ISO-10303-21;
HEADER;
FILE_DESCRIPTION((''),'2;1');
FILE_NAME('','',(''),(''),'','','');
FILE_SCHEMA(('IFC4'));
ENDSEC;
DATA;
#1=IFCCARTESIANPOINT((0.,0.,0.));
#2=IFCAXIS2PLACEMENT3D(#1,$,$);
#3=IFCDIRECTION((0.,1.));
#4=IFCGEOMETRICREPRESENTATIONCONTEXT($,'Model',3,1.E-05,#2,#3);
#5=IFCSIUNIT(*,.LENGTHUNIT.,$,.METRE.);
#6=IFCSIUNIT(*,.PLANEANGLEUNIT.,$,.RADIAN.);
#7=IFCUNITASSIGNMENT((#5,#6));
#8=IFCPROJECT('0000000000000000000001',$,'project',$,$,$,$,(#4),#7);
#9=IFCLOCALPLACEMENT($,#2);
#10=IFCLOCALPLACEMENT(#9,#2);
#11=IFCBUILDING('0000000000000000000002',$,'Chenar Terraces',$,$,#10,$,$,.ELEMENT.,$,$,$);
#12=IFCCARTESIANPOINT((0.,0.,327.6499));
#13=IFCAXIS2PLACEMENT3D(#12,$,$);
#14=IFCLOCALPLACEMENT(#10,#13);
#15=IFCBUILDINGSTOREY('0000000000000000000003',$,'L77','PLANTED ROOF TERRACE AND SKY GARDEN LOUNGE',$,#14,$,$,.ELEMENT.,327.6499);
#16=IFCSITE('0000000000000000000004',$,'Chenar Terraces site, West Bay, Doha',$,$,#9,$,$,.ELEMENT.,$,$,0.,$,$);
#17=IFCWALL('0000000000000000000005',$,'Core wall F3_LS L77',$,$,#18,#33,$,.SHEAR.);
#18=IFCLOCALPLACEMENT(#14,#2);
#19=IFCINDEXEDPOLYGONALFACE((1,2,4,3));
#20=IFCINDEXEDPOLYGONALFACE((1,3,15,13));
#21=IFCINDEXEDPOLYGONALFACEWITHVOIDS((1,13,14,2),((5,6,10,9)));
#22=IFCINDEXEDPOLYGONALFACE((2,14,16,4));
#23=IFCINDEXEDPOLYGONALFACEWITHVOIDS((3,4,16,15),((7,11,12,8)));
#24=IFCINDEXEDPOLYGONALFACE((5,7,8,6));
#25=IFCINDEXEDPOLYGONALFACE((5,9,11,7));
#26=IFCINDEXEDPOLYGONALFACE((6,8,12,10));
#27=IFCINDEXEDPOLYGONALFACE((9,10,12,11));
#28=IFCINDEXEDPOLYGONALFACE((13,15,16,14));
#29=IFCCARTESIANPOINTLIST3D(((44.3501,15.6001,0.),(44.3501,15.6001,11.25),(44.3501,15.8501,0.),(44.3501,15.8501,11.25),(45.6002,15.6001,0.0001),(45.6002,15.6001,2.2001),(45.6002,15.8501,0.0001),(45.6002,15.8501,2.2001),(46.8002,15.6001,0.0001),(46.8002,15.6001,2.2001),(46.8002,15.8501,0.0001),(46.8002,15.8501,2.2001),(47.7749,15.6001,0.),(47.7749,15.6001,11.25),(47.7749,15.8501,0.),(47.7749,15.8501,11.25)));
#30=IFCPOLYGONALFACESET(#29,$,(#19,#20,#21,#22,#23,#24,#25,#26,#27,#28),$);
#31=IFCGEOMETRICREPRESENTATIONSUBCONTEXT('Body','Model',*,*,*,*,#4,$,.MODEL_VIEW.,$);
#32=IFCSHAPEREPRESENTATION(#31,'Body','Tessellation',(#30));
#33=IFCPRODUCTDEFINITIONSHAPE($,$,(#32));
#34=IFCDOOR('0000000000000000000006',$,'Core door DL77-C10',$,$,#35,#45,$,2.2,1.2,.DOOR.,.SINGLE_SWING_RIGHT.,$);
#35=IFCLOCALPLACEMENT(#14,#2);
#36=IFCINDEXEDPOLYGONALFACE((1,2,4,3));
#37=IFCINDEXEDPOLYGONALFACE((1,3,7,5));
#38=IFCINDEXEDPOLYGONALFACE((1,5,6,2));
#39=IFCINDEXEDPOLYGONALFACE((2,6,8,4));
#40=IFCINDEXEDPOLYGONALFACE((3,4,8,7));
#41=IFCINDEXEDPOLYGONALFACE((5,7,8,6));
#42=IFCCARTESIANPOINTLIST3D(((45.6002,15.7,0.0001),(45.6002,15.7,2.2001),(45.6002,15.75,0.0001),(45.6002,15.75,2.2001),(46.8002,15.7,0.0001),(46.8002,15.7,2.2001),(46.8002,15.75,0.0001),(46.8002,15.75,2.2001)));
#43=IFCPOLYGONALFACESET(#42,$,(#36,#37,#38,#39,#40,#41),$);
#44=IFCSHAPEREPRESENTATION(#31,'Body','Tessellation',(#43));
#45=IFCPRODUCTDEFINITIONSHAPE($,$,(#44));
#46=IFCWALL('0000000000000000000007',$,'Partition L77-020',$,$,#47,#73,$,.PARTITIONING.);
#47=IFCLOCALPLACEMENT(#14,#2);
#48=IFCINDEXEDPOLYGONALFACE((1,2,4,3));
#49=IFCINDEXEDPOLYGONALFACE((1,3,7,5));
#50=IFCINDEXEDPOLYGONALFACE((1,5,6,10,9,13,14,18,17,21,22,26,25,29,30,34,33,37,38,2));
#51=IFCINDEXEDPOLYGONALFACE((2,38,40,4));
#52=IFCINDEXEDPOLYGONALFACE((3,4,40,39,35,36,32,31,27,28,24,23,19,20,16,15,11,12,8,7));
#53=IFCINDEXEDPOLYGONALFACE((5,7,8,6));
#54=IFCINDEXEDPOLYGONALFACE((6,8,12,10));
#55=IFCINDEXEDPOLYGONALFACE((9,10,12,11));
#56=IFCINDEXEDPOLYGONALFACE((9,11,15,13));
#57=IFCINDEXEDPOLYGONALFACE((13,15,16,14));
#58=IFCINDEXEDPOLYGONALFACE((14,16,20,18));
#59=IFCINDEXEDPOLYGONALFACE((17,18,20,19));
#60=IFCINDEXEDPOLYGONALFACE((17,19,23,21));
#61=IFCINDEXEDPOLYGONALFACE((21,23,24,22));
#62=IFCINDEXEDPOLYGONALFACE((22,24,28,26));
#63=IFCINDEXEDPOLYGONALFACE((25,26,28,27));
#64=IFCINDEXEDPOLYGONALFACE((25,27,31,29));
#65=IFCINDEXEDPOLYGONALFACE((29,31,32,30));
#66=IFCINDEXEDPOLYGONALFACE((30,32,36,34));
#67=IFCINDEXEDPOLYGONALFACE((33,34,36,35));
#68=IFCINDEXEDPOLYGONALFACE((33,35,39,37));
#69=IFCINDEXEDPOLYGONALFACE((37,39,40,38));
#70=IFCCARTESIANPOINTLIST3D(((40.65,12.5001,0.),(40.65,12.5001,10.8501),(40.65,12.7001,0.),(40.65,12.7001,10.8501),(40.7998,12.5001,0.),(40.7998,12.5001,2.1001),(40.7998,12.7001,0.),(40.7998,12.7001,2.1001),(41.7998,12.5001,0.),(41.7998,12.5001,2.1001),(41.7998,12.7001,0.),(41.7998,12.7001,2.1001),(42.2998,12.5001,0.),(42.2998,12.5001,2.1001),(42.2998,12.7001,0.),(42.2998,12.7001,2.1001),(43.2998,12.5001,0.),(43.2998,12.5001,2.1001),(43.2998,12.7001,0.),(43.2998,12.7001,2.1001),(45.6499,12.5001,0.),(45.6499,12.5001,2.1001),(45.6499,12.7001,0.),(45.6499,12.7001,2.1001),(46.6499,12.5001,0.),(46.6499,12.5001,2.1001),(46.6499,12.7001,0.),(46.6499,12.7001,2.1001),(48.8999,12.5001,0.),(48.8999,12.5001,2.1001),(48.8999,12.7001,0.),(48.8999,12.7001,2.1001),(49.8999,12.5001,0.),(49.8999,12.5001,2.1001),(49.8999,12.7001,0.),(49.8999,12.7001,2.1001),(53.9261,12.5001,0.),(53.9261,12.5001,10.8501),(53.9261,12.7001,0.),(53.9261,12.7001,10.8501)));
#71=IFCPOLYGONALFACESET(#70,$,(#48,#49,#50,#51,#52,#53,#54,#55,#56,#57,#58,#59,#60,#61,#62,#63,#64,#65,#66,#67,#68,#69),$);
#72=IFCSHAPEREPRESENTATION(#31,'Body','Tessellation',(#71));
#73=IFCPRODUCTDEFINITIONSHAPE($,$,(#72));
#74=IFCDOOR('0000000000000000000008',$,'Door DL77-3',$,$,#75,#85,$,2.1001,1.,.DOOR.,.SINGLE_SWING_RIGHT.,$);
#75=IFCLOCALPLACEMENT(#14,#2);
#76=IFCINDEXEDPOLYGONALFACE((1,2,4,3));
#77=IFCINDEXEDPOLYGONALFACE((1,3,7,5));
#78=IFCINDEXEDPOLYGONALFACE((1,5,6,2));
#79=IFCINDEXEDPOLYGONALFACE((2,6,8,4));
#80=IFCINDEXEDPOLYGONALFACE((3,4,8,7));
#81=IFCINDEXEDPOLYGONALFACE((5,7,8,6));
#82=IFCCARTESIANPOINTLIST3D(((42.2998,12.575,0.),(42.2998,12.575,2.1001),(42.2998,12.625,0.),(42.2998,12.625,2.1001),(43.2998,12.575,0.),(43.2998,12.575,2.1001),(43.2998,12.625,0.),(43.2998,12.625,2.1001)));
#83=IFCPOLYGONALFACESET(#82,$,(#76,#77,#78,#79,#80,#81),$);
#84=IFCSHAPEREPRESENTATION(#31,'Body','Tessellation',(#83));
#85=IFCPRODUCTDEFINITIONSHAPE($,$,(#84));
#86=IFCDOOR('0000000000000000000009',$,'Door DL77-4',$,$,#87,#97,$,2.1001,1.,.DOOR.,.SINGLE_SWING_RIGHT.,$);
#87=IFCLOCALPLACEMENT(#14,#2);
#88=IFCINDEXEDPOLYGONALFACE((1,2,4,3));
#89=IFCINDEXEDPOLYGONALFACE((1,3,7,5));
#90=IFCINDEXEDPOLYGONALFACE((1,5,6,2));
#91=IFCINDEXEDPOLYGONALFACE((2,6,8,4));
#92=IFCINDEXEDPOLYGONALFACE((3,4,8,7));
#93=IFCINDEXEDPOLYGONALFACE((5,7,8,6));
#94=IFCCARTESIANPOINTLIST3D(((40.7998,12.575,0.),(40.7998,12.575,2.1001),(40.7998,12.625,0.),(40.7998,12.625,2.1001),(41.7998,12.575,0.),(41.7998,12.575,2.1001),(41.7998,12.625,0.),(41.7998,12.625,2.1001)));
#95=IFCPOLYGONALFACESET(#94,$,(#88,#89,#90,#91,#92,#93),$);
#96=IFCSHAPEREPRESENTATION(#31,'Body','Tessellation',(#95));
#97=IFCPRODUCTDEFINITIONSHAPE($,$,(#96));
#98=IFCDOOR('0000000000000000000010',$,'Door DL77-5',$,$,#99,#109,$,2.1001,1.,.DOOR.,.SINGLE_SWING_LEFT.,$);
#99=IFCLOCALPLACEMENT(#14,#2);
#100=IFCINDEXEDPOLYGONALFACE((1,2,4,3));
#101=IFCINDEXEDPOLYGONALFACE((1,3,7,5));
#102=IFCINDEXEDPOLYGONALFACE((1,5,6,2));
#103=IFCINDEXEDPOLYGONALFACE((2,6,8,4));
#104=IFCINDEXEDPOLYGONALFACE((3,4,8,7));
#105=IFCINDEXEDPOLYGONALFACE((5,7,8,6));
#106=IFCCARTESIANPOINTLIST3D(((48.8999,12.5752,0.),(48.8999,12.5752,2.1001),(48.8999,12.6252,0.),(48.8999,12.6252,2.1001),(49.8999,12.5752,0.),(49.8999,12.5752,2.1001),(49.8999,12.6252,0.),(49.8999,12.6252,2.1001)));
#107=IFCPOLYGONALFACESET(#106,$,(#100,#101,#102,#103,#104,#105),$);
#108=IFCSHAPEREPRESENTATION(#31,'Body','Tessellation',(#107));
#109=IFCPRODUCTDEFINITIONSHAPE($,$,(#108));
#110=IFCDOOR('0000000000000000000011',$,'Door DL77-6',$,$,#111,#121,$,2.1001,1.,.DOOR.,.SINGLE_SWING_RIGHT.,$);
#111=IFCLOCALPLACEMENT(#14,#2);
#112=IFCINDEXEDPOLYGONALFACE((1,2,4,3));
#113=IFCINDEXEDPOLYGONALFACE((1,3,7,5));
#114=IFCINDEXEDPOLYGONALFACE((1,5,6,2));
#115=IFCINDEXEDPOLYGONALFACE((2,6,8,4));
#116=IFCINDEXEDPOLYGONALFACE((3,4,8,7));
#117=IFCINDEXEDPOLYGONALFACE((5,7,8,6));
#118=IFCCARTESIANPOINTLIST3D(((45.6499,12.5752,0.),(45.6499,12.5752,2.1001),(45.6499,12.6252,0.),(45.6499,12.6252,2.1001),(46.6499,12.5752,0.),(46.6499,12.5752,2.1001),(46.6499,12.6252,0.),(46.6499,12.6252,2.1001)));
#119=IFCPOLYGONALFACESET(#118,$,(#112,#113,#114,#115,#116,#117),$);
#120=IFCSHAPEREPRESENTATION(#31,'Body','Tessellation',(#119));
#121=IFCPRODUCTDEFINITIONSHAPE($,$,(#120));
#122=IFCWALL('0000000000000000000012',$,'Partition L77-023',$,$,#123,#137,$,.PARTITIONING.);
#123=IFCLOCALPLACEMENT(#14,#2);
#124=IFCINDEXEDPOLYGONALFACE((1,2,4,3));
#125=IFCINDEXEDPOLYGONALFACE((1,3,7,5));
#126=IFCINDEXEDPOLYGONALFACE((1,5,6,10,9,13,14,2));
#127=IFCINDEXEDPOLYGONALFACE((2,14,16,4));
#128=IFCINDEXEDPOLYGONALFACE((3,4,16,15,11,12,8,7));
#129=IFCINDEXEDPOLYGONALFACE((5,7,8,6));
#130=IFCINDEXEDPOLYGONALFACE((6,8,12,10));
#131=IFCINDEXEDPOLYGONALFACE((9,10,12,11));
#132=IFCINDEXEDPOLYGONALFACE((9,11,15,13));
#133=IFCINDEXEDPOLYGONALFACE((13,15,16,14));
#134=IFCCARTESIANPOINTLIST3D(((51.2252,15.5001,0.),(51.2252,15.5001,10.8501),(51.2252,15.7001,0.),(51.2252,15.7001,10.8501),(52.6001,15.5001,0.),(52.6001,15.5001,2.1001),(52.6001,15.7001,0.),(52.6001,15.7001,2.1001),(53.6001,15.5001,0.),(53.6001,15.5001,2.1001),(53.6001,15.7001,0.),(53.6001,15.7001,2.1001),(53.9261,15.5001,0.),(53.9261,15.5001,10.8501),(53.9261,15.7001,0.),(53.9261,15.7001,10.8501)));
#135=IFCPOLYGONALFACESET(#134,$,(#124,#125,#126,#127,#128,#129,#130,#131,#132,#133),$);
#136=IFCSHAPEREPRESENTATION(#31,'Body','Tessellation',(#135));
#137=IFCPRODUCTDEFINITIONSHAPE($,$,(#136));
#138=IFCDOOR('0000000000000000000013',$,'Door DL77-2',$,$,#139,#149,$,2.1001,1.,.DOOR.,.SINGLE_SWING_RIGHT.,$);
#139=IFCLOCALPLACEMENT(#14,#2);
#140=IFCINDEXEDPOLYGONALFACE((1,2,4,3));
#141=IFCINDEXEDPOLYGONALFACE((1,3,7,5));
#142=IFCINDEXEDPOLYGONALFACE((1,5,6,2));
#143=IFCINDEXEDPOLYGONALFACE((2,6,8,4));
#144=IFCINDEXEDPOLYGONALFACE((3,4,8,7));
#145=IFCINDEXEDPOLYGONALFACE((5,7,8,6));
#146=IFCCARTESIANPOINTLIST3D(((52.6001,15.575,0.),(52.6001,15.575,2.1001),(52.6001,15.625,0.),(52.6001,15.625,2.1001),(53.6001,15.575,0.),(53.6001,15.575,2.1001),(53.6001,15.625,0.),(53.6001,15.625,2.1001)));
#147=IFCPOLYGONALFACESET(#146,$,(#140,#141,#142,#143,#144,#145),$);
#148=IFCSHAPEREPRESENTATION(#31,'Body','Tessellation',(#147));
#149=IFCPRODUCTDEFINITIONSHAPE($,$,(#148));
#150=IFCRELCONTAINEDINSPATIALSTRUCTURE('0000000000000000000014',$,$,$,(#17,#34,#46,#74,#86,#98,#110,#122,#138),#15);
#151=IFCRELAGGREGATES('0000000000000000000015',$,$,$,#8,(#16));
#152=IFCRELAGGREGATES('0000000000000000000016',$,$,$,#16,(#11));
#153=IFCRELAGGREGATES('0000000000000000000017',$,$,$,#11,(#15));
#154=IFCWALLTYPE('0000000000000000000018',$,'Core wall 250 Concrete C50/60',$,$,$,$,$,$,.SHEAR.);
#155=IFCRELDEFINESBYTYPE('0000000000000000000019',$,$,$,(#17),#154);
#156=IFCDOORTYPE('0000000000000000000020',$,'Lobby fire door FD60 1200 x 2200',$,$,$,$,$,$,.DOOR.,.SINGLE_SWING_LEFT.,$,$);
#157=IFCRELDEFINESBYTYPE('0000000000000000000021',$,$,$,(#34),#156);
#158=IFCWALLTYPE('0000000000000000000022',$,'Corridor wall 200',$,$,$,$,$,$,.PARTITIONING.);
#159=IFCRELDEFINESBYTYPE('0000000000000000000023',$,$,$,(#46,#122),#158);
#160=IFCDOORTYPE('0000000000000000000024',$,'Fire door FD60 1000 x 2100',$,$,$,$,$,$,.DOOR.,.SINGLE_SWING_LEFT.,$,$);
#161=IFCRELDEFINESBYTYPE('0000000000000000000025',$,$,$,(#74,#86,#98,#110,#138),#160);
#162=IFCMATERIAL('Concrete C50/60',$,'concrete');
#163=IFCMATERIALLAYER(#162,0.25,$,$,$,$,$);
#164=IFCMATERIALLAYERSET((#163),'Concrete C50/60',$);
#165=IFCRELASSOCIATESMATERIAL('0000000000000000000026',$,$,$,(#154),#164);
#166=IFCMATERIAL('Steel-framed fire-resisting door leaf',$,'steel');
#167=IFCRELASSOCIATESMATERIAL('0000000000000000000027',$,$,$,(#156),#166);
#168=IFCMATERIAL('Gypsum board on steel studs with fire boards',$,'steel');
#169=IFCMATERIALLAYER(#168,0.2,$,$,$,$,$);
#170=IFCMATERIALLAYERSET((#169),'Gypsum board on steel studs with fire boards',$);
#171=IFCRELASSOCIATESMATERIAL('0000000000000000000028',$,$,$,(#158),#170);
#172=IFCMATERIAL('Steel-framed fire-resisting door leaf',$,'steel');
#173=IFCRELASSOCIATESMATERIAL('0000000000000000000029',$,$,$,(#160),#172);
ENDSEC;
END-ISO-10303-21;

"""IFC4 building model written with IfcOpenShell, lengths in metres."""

from ifc_helpers import new_model, si_unit, direction, frame, frame_2d, origin, place, context, subcontext, project, spatial, rectangle, extrude, material, layer, layer_set, type_object, element, fill, save


model = new_model("IFC4")

# Units and contexts
model_context = context("Model", 3, precision=1e-05, world=origin(), true_north=direction((0.0, 1.0)))
body_context = subcontext(model_context, "Body", "Model", "MODEL_VIEW")
ifc_project = project(units=[si_unit("LENGTHUNIT", "METRE"), si_unit("PLANEANGLEUNIT", "RADIAN")], contexts=[model_context])

# Site, building, storey
site_placement = place(None, origin())
site = spatial("IfcSite", under=ifc_project, at=site_placement, Name="Chenar Terraces site, West Bay, Doha", CompositionType="ELEMENT", RefElevation=0.0)
building_placement = place(site_placement, origin())
building = spatial("IfcBuilding", under=site, at=building_placement, Name="Chenar Terraces", CompositionType="ELEMENT")
storey_placement = place(building_placement, frame((0.0, 0.0, 327.6499)))
storey = spatial("IfcBuildingStorey", under=building, at=storey_placement, Name="L77", Description="PLANTED ROOF TERRACE AND SKY GARDEN LOUNGE", CompositionType="ELEMENT", Elevation=327.6499)

# Shared definitions
ifc_material_1 = material(Name="Concrete C50/60", Category="concrete")
ifc_layer_1 = layer(ifc_material_1, 0.25)
ifc_layer_set_1 = layer_set([ifc_layer_1], Name="Concrete C50/60")
wall_type_1 = type_object("IfcWallType", Name="Core wall 250 Concrete C50/60", PredefinedType="SHEAR", material=ifc_layer_set_1)

# Wall, opening, door
wall_1_placement = place(storey_placement, frame((44.3501, 15.7251, 0.0), z_axis=(0.0, 0.0, 1.0), x_axis=(1.0, 0.0, 0.0)))
wall_1 = element("IfcWall", 1, at=wall_1_placement, inside=storey, type_object=wall_type_1, Name="Core wall F3_LS L77", PredefinedType="SHEAR", context=body_context, shape_type="SweptSolid", body=[
    extrude(rectangle(XDim=3.4248, YDim=0.25, at=frame_2d((1.7124, 0.0))), origin(), (0.0, 0.0, 1.0), 11.25),
])
opening_1_placement = place(wall_1_placement, frame((1.25, 0.0, 0.0)))
opening_1 = element("IfcOpeningElement", 2, at=opening_1_placement, cuts=wall_1, PredefinedType="OPENING", context=body_context, shape_type="SweptSolid", body=[
    extrude(rectangle(XDim=1.2, YDim=2.2, at=frame_2d((0.6001, 1.1001))), frame((0.0, 0.135, 0.0), z_axis=(0.0, -1.0, 0.0), x_axis=(1.0, 0.0, 0.0)), (0.0, 0.0, 1.0), 0.27),
])
ifc_material_2 = material(Name="Steel-framed fire-resisting door leaf", Category="steel")
door_type_1 = type_object("IfcDoorType", Name="Lobby fire door FD60 1200 x 2200", OperationType="SINGLE_SWING_LEFT", PredefinedType="DOOR", material=ifc_material_2)
door_1_placement = place(opening_1_placement, origin())
door_1 = element("IfcDoor", 3, at=door_1_placement, inside=storey, type_object=door_type_1, Name="Core door DL77-C10", OperationType="SINGLE_SWING_RIGHT", OverallHeight=2.2, OverallWidth=1.2, PredefinedType="DOOR", context=body_context, shape_type="SweptSolid", body=[
    extrude(rectangle(XDim=1.2, YDim=2.2, at=frame_2d((0.6001, 1.1001))), frame((0.0, 0.0249, 0.0), z_axis=(0.0, -1.0, 0.0), x_axis=(1.0, 0.0, 0.0)), (0.0, 0.0, 1.0), 0.05),
])
fill(opening_1, door_1)

# Wall, openings, doors
ifc_material_3 = material(Name="Gypsum board on steel studs with fire boards", Category="steel")
ifc_layer_2 = layer(ifc_material_3, 0.2)
ifc_layer_set_2 = layer_set([ifc_layer_2], Name="Gypsum board on steel studs with fire boards")
wall_type_2 = type_object("IfcWallType", Name="Corridor wall 200", PredefinedType="PARTITIONING", material=ifc_layer_set_2)
wall_2_placement = place(storey_placement, frame((40.6499, 12.6001, 0.0), z_axis=(0.0, 0.0, 1.0), x_axis=(1.0, 0.0, 0.0)))
wall_2 = element("IfcWall", 4, at=wall_2_placement, inside=storey, type_object=wall_type_2, Name="Partition L77-020", PredefinedType="PARTITIONING", context=body_context, shape_type="SweptSolid", body=[
    extrude(rectangle(XDim=13.2761, YDim=0.2, at=frame_2d((6.6382, 0.0))), origin(), (0.0, 0.0, 1.0), 10.8501),
])
opening_2_placement = place(wall_2_placement, frame((1.6499, 0.0, 0.0)))
opening_2 = element("IfcOpeningElement", 5, at=opening_2_placement, cuts=wall_2, PredefinedType="OPENING", context=body_context, shape_type="SweptSolid", body=[
    extrude(rectangle(XDim=1.0, YDim=2.1001, at=frame_2d((0.5, 1.05))), frame((0.0, 0.1099, 0.0), z_axis=(0.0, -1.0, 0.0), x_axis=(1.0, 0.0, 0.0)), (0.0, 0.0, 1.0), 0.22),
])
opening_3_placement = place(wall_2_placement, frame((0.1499, 0.0, 0.0)))
opening_3 = element("IfcOpeningElement", 6, at=opening_3_placement, cuts=wall_2, PredefinedType="OPENING", context=body_context, shape_type="SweptSolid", body=[
    extrude(rectangle(XDim=1.0, YDim=2.1001, at=frame_2d((0.5, 1.05))), frame((0.0, 0.1099, 0.0), z_axis=(0.0, -1.0, 0.0), x_axis=(1.0, 0.0, 0.0)), (0.0, 0.0, 1.0), 0.22),
])
opening_4_placement = place(wall_2_placement, frame((8.25, 0.0, 0.0)))
opening_4 = element("IfcOpeningElement", 7, at=opening_4_placement, cuts=wall_2, PredefinedType="OPENING", context=body_context, shape_type="SweptSolid", body=[
    extrude(rectangle(XDim=1.0, YDim=2.1001, at=frame_2d((0.5, 1.05))), frame((0.0, 0.1099, 0.0), z_axis=(0.0, -1.0, 0.0), x_axis=(1.0, 0.0, 0.0)), (0.0, 0.0, 1.0), 0.22),
])
opening_5_placement = place(wall_2_placement, frame((5.0, 0.0, 0.0)))
opening_5 = element("IfcOpeningElement", 8, at=opening_5_placement, cuts=wall_2, PredefinedType="OPENING", context=body_context, shape_type="SweptSolid", body=[
    extrude(rectangle(XDim=1.0, YDim=2.1001, at=frame_2d((0.5, 1.05))), frame((0.0, 0.1099, 0.0), z_axis=(0.0, -1.0, 0.0), x_axis=(1.0, 0.0, 0.0)), (0.0, 0.0, 1.0), 0.22),
])
ifc_material_4 = material(Name="Steel-framed fire-resisting door leaf", Category="steel")
door_type_2 = type_object("IfcDoorType", Name="Fire door FD60 1000 x 2100", OperationType="SINGLE_SWING_LEFT", PredefinedType="DOOR", material=ifc_material_4)
door_2_placement = place(opening_2_placement, origin())
door_2 = element("IfcDoor", 9, at=door_2_placement, inside=storey, type_object=door_type_2, Name="Door DL77-3", OperationType="SINGLE_SWING_RIGHT", OverallHeight=2.1001, OverallWidth=1.0, PredefinedType="DOOR", context=body_context, shape_type="SweptSolid", body=[
    extrude(rectangle(XDim=1.0, YDim=2.1001, at=frame_2d((0.5, 1.05))), frame((0.0, 0.0249, 0.0), z_axis=(0.0, -1.0, 0.0), x_axis=(1.0, 0.0, 0.0)), (0.0, 0.0, 1.0), 0.05),
])
fill(opening_2, door_2)
door_3_placement = place(opening_3_placement, origin())
door_3 = element("IfcDoor", 10, at=door_3_placement, inside=storey, type_object=door_type_2, Name="Door DL77-4", OperationType="SINGLE_SWING_RIGHT", OverallHeight=2.1001, OverallWidth=1.0, PredefinedType="DOOR", context=body_context, shape_type="SweptSolid", body=[
    extrude(rectangle(XDim=1.0, YDim=2.1001, at=frame_2d((0.5, 1.05))), frame((0.0, 0.0249, 0.0), z_axis=(0.0, -1.0, 0.0), x_axis=(1.0, 0.0, 0.0)), (0.0, 0.0, 1.0), 0.05),
])
fill(opening_3, door_3)
door_4_placement = place(opening_4_placement, frame((1.0, 0.0, 0.0), z_axis=(0.0, 0.0, 1.0), x_axis=(-1.0, 0.0, 0.0)))
door_4 = element("IfcDoor", 11, at=door_4_placement, inside=storey, type_object=door_type_2, Name="Door DL77-5", OperationType="SINGLE_SWING_LEFT", OverallHeight=2.1001, OverallWidth=1.0, PredefinedType="DOOR", context=body_context, shape_type="SweptSolid", body=[
    extrude(rectangle(XDim=1.0, YDim=2.1001, at=frame_2d((0.5, 1.05))), frame((0.0, 0.0249, 0.0), z_axis=(0.0, -1.0, 0.0), x_axis=(1.0, 0.0, 0.0)), (0.0, 0.0, 1.0), 0.05),
])
fill(opening_4, door_4)
door_5_placement = place(opening_5_placement, frame((1.0, 0.0, 0.0), z_axis=(0.0, 0.0, 1.0), x_axis=(-1.0, 0.0, 0.0)))
door_5 = element("IfcDoor", 12, at=door_5_placement, inside=storey, type_object=door_type_2, Name="Door DL77-6", OperationType="SINGLE_SWING_RIGHT", OverallHeight=2.1001, OverallWidth=1.0, PredefinedType="DOOR", context=body_context, shape_type="SweptSolid", body=[
    extrude(rectangle(XDim=1.0, YDim=2.1001, at=frame_2d((0.5, 1.05))), frame((0.0, 0.0249, 0.0), z_axis=(0.0, -1.0, 0.0), x_axis=(1.0, 0.0, 0.0)), (0.0, 0.0, 1.0), 0.05),
])
fill(opening_5, door_5)

# Wall, opening, door
wall_3_placement = place(storey_placement, frame((51.2251, 15.6001, 0.0), z_axis=(0.0, 0.0, 1.0), x_axis=(1.0, 0.0, 0.0)))
wall_3 = element("IfcWall", 13, at=wall_3_placement, inside=storey, type_object=wall_type_2, Name="Partition L77-023", PredefinedType="PARTITIONING", context=body_context, shape_type="SweptSolid", body=[
    extrude(rectangle(XDim=2.7009, YDim=0.2, at=frame_2d((1.3506, 0.0))), origin(), (0.0, 0.0, 1.0), 10.8501),
])
opening_6_placement = place(wall_3_placement, frame((1.375, 0.0, 0.0)))
opening_6 = element("IfcOpeningElement", 14, at=opening_6_placement, cuts=wall_3, PredefinedType="OPENING", context=body_context, shape_type="SweptSolid", body=[
    extrude(rectangle(XDim=1.0, YDim=2.1001, at=frame_2d((0.5, 1.05))), frame((0.0, 0.1099, 0.0), z_axis=(0.0, -1.0, 0.0), x_axis=(1.0, 0.0, 0.0)), (0.0, 0.0, 1.0), 0.22),
])
door_6_placement = place(opening_6_placement, origin())
door_6 = element("IfcDoor", 15, at=door_6_placement, inside=storey, type_object=door_type_2, Name="Door DL77-2", OperationType="SINGLE_SWING_RIGHT", OverallHeight=2.1001, OverallWidth=1.0, PredefinedType="DOOR", context=body_context, shape_type="SweptSolid", body=[
    extrude(rectangle(XDim=1.0, YDim=2.1001, at=frame_2d((0.5, 1.05))), frame((0.0, 0.0249, 0.0), z_axis=(0.0, -1.0, 0.0), x_axis=(1.0, 0.0, 0.0)), (0.0, 0.0, 1.0), 0.05),
])
fill(opening_6, door_6)

save(model, "model.ifc")
